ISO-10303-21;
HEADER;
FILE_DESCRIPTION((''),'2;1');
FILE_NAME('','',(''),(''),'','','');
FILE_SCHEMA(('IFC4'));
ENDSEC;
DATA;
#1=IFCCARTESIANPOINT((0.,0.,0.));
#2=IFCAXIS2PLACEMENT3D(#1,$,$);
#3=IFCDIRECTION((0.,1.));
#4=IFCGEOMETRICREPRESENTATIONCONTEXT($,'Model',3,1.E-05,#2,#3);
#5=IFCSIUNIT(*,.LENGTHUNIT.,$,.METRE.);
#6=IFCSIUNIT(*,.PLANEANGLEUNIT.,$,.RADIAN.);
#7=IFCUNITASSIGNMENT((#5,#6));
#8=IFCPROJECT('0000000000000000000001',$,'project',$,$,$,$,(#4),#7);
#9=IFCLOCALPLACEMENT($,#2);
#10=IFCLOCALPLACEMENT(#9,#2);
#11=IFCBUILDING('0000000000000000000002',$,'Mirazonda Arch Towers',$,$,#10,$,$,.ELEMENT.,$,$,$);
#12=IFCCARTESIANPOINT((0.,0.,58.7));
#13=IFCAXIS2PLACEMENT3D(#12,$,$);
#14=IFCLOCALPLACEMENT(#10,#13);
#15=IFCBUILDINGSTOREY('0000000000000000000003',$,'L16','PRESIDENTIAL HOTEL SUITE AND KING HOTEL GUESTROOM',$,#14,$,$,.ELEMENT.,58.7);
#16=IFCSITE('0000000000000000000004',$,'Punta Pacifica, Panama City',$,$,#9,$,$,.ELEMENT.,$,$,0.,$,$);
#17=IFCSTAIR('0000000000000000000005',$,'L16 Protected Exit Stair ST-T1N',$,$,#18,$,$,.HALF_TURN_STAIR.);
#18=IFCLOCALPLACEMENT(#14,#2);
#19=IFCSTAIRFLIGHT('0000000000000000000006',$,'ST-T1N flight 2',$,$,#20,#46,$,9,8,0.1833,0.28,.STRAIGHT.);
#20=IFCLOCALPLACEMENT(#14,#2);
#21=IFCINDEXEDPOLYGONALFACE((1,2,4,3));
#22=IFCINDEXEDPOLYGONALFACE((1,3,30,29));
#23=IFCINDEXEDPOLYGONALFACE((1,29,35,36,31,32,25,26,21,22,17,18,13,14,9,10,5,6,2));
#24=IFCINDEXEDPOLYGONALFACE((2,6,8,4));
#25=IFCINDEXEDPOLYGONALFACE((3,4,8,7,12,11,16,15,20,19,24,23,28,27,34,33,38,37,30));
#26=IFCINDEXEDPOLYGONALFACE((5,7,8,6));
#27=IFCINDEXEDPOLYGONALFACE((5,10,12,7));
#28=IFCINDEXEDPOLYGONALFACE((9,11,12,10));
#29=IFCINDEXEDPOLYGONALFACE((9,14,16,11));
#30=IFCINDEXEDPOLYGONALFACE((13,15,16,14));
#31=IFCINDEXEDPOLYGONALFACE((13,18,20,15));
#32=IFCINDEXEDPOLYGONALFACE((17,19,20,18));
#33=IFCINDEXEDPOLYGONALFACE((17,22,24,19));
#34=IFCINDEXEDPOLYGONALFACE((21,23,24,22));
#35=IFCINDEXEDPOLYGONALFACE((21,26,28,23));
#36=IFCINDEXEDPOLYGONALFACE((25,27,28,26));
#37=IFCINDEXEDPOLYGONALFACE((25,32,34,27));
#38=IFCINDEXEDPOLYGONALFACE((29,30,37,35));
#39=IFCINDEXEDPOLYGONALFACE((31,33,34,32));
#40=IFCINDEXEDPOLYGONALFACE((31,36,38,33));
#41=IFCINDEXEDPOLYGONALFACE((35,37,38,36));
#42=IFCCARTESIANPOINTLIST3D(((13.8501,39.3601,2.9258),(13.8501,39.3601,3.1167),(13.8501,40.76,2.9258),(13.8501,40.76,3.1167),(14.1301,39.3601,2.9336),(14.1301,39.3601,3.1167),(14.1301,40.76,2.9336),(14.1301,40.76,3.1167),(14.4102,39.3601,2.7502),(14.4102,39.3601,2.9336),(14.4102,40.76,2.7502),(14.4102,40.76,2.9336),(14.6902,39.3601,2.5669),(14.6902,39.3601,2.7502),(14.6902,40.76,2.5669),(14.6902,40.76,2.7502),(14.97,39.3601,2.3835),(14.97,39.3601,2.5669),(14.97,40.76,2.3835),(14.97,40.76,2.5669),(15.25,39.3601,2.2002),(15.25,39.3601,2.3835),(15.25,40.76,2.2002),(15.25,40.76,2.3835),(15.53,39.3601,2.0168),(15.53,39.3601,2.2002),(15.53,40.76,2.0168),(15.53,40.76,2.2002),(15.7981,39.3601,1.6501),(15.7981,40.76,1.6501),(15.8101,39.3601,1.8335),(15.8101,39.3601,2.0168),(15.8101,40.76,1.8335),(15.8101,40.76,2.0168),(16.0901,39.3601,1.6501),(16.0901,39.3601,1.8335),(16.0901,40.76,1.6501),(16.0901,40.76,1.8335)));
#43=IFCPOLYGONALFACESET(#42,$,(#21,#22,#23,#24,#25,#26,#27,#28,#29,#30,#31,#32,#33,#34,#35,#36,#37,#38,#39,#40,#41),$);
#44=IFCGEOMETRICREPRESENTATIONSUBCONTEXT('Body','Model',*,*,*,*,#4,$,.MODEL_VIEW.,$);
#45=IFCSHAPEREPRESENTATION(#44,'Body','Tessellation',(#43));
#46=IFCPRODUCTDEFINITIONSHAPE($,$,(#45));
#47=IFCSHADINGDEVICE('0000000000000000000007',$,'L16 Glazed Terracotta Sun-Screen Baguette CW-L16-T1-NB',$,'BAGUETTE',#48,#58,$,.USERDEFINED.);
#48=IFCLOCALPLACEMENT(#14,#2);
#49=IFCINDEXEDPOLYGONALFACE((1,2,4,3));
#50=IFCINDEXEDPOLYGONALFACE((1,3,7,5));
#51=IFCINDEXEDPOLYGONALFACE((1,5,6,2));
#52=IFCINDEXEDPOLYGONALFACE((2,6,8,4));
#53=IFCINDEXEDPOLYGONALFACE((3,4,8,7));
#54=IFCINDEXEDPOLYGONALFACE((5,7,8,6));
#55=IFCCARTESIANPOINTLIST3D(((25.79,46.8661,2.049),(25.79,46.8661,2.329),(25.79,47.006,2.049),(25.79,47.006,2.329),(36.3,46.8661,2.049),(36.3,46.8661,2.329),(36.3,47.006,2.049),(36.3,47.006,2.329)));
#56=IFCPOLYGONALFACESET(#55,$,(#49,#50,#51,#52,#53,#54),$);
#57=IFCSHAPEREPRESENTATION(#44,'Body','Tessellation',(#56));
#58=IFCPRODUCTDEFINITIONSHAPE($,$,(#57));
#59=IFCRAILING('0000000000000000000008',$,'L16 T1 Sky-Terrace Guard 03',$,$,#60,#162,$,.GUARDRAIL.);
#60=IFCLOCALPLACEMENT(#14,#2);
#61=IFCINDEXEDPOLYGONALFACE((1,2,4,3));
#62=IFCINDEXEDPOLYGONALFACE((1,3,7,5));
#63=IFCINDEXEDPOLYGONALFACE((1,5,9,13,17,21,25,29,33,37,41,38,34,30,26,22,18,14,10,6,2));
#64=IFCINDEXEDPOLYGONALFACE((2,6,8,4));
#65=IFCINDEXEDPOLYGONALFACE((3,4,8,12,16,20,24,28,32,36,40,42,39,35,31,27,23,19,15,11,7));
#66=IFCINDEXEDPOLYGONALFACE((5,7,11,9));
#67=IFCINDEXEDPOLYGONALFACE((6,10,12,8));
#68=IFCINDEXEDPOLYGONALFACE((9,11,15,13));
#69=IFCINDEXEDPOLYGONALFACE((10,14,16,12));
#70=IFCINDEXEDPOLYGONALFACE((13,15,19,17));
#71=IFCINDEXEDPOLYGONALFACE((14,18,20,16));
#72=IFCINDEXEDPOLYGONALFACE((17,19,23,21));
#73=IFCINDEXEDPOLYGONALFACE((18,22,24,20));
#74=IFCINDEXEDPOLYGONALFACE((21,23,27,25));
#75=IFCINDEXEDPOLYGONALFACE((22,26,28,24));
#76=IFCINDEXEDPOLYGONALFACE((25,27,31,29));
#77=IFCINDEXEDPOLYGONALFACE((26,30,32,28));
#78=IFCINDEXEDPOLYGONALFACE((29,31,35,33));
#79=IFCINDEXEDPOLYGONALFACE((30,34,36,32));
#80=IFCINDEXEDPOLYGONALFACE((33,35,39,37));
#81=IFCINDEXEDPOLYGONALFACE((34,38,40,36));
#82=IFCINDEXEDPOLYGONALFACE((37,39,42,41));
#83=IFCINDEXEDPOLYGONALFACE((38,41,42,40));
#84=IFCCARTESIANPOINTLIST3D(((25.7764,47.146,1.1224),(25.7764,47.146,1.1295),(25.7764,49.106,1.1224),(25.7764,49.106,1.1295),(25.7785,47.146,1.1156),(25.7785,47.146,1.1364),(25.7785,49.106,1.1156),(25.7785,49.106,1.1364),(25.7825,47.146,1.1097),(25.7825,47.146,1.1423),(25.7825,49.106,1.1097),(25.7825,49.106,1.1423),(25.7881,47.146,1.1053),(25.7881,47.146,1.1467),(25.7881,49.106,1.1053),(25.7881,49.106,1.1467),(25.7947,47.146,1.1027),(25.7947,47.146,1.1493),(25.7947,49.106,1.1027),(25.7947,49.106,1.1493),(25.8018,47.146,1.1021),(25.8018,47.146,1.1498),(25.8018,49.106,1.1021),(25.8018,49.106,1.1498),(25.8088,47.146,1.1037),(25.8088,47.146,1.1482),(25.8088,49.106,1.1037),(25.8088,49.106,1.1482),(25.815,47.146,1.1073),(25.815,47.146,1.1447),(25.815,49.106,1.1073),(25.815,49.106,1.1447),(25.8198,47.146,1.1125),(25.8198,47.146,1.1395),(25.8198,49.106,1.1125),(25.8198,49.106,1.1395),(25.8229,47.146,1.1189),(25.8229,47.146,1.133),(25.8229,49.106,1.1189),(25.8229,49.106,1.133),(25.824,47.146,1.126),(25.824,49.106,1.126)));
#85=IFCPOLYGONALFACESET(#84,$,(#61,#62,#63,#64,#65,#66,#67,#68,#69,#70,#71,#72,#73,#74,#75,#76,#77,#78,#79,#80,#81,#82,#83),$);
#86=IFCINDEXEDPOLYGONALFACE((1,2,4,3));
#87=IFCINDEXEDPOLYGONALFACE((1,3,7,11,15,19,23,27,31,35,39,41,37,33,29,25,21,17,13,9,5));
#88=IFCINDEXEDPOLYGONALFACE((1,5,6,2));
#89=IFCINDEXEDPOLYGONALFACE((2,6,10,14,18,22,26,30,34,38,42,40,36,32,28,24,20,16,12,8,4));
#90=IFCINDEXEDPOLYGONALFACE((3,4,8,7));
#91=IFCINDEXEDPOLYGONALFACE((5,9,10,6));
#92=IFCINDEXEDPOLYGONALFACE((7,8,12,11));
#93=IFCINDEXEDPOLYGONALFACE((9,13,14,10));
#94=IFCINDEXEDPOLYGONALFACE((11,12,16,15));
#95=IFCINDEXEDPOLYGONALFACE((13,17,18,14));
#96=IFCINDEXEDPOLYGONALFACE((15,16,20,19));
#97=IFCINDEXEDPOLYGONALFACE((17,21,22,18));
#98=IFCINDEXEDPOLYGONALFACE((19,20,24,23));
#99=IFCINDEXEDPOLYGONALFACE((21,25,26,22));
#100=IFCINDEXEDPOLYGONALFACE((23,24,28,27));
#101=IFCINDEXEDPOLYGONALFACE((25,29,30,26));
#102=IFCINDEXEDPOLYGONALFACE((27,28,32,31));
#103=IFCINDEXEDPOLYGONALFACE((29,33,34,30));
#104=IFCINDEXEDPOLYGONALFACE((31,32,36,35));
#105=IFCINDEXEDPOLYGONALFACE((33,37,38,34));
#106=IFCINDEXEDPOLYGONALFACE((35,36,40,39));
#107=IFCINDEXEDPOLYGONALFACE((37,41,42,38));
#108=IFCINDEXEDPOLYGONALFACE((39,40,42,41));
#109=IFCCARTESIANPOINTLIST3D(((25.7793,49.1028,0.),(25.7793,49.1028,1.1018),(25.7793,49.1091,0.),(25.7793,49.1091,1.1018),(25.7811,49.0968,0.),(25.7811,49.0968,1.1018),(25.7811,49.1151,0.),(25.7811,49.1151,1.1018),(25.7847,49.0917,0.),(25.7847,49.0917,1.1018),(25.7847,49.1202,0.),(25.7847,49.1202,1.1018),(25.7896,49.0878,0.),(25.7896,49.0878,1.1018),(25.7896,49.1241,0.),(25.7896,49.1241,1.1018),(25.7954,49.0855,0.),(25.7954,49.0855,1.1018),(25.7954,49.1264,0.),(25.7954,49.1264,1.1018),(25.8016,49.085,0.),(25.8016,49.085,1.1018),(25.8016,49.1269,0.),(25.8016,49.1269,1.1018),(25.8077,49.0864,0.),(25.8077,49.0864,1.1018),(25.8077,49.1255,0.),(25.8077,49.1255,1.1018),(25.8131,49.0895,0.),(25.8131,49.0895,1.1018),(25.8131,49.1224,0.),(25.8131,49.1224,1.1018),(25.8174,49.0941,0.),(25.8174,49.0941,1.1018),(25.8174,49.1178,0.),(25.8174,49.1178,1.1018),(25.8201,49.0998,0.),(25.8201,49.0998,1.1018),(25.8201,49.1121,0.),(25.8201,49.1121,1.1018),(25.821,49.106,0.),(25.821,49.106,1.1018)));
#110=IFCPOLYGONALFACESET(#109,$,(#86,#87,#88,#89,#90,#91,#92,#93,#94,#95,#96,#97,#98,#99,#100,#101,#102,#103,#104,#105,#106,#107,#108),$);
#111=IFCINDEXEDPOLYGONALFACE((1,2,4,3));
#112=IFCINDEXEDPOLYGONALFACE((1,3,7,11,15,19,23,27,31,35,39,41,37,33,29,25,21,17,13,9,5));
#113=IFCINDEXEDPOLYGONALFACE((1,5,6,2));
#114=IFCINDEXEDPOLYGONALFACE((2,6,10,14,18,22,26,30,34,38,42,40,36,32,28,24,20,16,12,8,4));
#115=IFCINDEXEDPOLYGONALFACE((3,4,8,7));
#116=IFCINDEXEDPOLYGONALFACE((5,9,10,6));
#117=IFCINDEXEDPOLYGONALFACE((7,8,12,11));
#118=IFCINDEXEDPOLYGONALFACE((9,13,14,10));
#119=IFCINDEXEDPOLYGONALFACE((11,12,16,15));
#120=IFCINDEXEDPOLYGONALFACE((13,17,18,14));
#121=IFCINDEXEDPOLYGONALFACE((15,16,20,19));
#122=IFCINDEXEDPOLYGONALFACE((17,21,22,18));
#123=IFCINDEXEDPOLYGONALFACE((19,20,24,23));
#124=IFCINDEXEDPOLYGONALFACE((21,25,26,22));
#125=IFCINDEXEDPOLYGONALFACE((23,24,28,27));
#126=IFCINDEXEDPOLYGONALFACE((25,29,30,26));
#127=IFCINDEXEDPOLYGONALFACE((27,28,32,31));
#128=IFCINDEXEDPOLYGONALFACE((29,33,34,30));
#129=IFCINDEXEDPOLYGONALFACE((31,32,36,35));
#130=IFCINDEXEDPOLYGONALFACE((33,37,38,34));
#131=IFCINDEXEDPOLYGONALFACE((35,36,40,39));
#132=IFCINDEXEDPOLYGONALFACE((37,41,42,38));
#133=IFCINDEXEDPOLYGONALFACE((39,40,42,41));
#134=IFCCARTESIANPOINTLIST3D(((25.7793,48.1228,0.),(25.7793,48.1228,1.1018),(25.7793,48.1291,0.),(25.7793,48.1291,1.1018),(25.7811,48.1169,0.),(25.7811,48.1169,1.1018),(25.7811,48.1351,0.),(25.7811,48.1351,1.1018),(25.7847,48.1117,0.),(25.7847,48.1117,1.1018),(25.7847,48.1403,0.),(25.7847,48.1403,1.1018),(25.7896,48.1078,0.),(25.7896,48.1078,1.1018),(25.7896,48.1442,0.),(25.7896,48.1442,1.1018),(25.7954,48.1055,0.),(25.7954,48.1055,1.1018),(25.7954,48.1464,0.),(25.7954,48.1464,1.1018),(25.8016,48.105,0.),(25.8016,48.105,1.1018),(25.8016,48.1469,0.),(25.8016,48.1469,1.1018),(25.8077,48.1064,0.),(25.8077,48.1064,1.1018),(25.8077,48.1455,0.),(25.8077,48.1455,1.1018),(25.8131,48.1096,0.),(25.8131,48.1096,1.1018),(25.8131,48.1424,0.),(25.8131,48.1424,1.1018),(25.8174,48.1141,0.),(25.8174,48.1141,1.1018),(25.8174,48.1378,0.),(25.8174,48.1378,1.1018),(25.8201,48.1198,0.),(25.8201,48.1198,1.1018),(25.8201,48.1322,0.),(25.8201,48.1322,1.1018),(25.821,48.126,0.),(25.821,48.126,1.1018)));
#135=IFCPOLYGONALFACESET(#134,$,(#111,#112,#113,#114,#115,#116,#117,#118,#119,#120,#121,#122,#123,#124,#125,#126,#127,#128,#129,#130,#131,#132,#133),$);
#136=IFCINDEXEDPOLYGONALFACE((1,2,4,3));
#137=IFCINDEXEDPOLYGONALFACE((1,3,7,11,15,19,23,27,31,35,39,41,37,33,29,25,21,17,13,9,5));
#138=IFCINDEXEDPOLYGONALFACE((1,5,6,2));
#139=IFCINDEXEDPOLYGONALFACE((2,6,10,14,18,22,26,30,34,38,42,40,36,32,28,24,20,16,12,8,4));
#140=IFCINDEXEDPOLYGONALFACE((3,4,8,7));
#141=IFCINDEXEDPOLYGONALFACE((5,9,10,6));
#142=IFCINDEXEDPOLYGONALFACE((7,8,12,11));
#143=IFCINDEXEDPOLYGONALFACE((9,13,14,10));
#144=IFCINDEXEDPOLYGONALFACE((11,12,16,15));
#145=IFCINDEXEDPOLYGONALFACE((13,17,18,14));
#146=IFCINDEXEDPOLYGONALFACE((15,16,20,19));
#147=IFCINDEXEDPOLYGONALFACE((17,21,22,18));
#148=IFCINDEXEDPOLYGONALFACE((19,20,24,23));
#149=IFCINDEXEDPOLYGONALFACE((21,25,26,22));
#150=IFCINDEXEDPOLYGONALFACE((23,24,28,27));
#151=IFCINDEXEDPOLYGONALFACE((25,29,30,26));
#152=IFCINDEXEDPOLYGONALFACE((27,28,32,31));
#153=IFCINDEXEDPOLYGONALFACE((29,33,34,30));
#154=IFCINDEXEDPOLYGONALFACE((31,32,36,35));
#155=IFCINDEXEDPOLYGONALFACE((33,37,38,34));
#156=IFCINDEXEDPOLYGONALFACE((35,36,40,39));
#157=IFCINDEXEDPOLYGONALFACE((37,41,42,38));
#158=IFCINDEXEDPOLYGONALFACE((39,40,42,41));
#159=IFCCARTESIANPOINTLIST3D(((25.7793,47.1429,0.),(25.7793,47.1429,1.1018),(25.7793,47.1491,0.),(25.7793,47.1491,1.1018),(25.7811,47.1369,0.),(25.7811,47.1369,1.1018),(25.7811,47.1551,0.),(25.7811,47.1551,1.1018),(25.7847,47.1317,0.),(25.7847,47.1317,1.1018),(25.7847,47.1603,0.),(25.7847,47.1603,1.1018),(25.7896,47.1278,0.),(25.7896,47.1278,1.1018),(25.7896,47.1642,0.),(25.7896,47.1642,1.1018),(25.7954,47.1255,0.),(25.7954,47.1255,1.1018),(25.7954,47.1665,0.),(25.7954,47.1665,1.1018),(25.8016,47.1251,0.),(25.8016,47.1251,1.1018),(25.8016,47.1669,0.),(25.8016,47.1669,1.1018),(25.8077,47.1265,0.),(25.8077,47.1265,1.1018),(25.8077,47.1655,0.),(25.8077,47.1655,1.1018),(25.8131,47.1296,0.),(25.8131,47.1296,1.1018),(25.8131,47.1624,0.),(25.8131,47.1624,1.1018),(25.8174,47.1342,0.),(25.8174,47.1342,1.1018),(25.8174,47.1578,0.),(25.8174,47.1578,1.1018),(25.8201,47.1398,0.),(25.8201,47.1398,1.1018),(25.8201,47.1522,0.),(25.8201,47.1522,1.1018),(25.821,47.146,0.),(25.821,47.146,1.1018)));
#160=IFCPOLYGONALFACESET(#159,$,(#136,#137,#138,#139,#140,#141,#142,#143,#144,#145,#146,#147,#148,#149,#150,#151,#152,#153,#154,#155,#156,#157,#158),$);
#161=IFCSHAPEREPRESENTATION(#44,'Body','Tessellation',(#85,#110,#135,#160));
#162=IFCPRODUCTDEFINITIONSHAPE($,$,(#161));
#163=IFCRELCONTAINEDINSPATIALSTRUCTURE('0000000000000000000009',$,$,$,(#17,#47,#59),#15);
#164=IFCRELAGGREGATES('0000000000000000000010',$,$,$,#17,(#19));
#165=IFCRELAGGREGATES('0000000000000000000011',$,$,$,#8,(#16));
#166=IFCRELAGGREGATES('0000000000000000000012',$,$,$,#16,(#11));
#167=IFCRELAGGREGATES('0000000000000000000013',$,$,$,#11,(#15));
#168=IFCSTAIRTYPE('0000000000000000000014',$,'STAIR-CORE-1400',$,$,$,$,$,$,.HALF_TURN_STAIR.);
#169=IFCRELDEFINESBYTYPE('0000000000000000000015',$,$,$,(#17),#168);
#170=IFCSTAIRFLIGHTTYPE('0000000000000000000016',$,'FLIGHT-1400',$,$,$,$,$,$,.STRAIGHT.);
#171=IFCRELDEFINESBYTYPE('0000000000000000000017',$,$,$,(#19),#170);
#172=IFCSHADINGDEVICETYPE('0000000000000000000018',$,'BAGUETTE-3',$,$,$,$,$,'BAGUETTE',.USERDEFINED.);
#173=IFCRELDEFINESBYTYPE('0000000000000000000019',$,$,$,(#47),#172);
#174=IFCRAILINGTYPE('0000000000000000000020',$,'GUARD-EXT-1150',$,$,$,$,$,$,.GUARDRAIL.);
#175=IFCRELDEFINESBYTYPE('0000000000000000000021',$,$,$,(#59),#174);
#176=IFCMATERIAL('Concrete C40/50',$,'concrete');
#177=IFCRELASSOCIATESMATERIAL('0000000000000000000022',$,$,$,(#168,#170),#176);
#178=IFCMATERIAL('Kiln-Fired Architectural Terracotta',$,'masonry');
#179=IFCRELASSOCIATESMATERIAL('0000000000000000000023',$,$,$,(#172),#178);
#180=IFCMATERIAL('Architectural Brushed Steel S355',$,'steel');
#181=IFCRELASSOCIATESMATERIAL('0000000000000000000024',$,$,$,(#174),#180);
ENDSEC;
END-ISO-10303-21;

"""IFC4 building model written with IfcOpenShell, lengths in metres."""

from ifc_helpers import new_model, si_unit, direction, frame, origin, origin_2d, place, context, subcontext, project, spatial, polyline, rectangle, circle, outline, extrude, material, material_profile, profile_set, type_object, element, aggregate, save


model = new_model("IFC4")

# Units and contexts
model_context = context("Model", 3, precision=1e-05, world=origin(), true_north=direction((0.0, 1.0)))
body_context = subcontext(model_context, "Body", "Model", "MODEL_VIEW")
ifc_project = project(units=[si_unit("LENGTHUNIT", "METRE"), si_unit("PLANEANGLEUNIT", "RADIAN")], contexts=[model_context])

# Site, building, storey
site_placement = place(None, origin())
site = spatial("IfcSite", under=ifc_project, at=site_placement, Name="Punta Pacifica, Panama City", CompositionType="ELEMENT", RefElevation=0.0)
building_placement = place(site_placement, origin())
building = spatial("IfcBuilding", under=site, at=building_placement, Name="Mirazonda Arch Towers", CompositionType="ELEMENT")
storey_placement = place(building_placement, frame((0.0, 0.0, 58.7)))
storey = spatial("IfcBuildingStorey", under=building, at=storey_placement, Name="L16", Description="PRESIDENTIAL HOTEL SUITE AND KING HOTEL GUESTROOM", CompositionType="ELEMENT", Elevation=58.7)

# Shared definitions
ifc_material_1 = material(Name="Architectural Brushed Steel S355", Category="steel")

# Shared definitions
ifc_material_2 = material(Name="Concrete C40/50", Category="concrete")

# Stair, stair flight
stair_type = type_object("IfcStairType", Name="STAIR-CORE-1400", PredefinedType="HALF_TURN_STAIR", material=ifc_material_2)
stair_placement = place(storey_placement, origin())
stair = element("IfcStair", 1, at=stair_placement, inside=storey, type_object=stair_type, Name="L16 Protected Exit Stair ST-T1N", PredefinedType="HALF_TURN_STAIR")
stair_flight_type = type_object("IfcStairFlightType", Name="FLIGHT-1400", PredefinedType="STRAIGHT", material=ifc_material_2)
stair_flight_placement = place(storey_placement, frame((16.0901, 40.0601, 1.6501), z_axis=(0.0, 0.0, 1.0), x_axis=(-1.0, 0.0, 0.0)))
stair_flight = element("IfcStairFlight", 2, at=stair_flight_placement, type_object=stair_flight_type, Name="ST-T1N flight 2", NumberOfRisers=9, NumberOfTreads=8, PredefinedType="STRAIGHT", RiserHeight=0.1833, TreadLength=0.28, context=body_context, shape_type="SweptSolid", body=[
    extrude(outline(polyline([(0.0, 0.0), (0.0, 0.1833), (0.28, 0.1833), (0.28, 0.3667), (0.5601, 0.3667), (0.5601, 0.55), (0.8401, 0.55), (0.8401, 0.7334), (1.1201, 0.7334), (1.1201, 0.9167), (1.3999, 0.9167), (1.3999, 1.1001), (1.6799, 1.1001), (1.6799, 1.2834), (1.96, 1.2834), (1.96, 1.4666), (2.24, 1.4666), (2.24, 1.6499), (2.24, 1.2756), (0.292, 0.0), (0.0, 0.0)])), frame((0.0, 0.7, 0.0), z_axis=(0.0, -1.0, 0.0), x_axis=(1.0, 0.0, 0.0)), (0.0, 0.0, 1.0), 1.3999),
])
aggregate(stair, [stair_flight])

# Shading device
ifc_material_3 = material(Name="Kiln-Fired Architectural Terracotta", Category="masonry")
ifc_material_profile_1 = material_profile(ifc_material_3, rectangle(XDim=0.1399, YDim=0.28, at=origin_2d()), Name="TERRA-BAG-140x280")
ifc_profile_set_1 = profile_set([ifc_material_profile_1], Name="Kiln-Fired Architectural Terracotta")
shading_device_type = type_object("IfcShadingDeviceType", Name="BAGUETTE-3", ElementType="BAGUETTE", PredefinedType="USERDEFINED", material=ifc_profile_set_1)
shading_device_placement = place(storey_placement, frame((25.79, 46.936, 2.189), z_axis=(1.0, 0.0, 0.0), x_axis=(0.0, 1.0, 0.0)))
element("IfcShadingDevice", 3, at=shading_device_placement, inside=storey, type_object=shading_device_type, Name="L16 Glazed Terracotta Sun-Screen Baguette CW-L16-T1-NB", ObjectType="BAGUETTE", PredefinedType="USERDEFINED", context=body_context, shape_type="SweptSolid", body=[
    extrude(rectangle(XDim=0.1399, YDim=0.28, at=origin_2d()), origin(), (0.0, 0.0, 1.0), 10.51),
])

# Railing
railing_type_1 = type_object("IfcRailingType", Name="GUARD-EXT-1150", PredefinedType="GUARDRAIL", material=ifc_material_1)
railing_1_placement = place(storey_placement, frame((25.8, 49.106, 0.0)))
element("IfcRailing", 4, at=railing_1_placement, inside=storey, type_object=railing_type_1, Name="L16 T1 Sky-Terrace Guard 03", PredefinedType="GUARDRAIL", context=body_context, shape_type="SweptSolid", body=[
    extrude(circle(Radius=0.0239, at=origin_2d()), frame((0.0, 0.0, 1.126), z_axis=(0.0, -1.0, 0.0), x_axis=(1.0, 0.0, 0.0)), (0.0, 0.0, 1.0), 1.96),
    extrude(circle(Radius=0.021, at=origin_2d()), origin(), (0.0, 0.0, 1.0), 1.1018),
    extrude(circle(Radius=0.021, at=origin_2d()), frame((0.0, -0.98, 0.0)), (0.0, 0.0, 1.0), 1.1018),
    extrude(circle(Radius=0.021, at=origin_2d()), frame((0.0, -1.96, 0.0)), (0.0, 0.0, 1.0), 1.1018),
])

save(model, "model.ifc")
